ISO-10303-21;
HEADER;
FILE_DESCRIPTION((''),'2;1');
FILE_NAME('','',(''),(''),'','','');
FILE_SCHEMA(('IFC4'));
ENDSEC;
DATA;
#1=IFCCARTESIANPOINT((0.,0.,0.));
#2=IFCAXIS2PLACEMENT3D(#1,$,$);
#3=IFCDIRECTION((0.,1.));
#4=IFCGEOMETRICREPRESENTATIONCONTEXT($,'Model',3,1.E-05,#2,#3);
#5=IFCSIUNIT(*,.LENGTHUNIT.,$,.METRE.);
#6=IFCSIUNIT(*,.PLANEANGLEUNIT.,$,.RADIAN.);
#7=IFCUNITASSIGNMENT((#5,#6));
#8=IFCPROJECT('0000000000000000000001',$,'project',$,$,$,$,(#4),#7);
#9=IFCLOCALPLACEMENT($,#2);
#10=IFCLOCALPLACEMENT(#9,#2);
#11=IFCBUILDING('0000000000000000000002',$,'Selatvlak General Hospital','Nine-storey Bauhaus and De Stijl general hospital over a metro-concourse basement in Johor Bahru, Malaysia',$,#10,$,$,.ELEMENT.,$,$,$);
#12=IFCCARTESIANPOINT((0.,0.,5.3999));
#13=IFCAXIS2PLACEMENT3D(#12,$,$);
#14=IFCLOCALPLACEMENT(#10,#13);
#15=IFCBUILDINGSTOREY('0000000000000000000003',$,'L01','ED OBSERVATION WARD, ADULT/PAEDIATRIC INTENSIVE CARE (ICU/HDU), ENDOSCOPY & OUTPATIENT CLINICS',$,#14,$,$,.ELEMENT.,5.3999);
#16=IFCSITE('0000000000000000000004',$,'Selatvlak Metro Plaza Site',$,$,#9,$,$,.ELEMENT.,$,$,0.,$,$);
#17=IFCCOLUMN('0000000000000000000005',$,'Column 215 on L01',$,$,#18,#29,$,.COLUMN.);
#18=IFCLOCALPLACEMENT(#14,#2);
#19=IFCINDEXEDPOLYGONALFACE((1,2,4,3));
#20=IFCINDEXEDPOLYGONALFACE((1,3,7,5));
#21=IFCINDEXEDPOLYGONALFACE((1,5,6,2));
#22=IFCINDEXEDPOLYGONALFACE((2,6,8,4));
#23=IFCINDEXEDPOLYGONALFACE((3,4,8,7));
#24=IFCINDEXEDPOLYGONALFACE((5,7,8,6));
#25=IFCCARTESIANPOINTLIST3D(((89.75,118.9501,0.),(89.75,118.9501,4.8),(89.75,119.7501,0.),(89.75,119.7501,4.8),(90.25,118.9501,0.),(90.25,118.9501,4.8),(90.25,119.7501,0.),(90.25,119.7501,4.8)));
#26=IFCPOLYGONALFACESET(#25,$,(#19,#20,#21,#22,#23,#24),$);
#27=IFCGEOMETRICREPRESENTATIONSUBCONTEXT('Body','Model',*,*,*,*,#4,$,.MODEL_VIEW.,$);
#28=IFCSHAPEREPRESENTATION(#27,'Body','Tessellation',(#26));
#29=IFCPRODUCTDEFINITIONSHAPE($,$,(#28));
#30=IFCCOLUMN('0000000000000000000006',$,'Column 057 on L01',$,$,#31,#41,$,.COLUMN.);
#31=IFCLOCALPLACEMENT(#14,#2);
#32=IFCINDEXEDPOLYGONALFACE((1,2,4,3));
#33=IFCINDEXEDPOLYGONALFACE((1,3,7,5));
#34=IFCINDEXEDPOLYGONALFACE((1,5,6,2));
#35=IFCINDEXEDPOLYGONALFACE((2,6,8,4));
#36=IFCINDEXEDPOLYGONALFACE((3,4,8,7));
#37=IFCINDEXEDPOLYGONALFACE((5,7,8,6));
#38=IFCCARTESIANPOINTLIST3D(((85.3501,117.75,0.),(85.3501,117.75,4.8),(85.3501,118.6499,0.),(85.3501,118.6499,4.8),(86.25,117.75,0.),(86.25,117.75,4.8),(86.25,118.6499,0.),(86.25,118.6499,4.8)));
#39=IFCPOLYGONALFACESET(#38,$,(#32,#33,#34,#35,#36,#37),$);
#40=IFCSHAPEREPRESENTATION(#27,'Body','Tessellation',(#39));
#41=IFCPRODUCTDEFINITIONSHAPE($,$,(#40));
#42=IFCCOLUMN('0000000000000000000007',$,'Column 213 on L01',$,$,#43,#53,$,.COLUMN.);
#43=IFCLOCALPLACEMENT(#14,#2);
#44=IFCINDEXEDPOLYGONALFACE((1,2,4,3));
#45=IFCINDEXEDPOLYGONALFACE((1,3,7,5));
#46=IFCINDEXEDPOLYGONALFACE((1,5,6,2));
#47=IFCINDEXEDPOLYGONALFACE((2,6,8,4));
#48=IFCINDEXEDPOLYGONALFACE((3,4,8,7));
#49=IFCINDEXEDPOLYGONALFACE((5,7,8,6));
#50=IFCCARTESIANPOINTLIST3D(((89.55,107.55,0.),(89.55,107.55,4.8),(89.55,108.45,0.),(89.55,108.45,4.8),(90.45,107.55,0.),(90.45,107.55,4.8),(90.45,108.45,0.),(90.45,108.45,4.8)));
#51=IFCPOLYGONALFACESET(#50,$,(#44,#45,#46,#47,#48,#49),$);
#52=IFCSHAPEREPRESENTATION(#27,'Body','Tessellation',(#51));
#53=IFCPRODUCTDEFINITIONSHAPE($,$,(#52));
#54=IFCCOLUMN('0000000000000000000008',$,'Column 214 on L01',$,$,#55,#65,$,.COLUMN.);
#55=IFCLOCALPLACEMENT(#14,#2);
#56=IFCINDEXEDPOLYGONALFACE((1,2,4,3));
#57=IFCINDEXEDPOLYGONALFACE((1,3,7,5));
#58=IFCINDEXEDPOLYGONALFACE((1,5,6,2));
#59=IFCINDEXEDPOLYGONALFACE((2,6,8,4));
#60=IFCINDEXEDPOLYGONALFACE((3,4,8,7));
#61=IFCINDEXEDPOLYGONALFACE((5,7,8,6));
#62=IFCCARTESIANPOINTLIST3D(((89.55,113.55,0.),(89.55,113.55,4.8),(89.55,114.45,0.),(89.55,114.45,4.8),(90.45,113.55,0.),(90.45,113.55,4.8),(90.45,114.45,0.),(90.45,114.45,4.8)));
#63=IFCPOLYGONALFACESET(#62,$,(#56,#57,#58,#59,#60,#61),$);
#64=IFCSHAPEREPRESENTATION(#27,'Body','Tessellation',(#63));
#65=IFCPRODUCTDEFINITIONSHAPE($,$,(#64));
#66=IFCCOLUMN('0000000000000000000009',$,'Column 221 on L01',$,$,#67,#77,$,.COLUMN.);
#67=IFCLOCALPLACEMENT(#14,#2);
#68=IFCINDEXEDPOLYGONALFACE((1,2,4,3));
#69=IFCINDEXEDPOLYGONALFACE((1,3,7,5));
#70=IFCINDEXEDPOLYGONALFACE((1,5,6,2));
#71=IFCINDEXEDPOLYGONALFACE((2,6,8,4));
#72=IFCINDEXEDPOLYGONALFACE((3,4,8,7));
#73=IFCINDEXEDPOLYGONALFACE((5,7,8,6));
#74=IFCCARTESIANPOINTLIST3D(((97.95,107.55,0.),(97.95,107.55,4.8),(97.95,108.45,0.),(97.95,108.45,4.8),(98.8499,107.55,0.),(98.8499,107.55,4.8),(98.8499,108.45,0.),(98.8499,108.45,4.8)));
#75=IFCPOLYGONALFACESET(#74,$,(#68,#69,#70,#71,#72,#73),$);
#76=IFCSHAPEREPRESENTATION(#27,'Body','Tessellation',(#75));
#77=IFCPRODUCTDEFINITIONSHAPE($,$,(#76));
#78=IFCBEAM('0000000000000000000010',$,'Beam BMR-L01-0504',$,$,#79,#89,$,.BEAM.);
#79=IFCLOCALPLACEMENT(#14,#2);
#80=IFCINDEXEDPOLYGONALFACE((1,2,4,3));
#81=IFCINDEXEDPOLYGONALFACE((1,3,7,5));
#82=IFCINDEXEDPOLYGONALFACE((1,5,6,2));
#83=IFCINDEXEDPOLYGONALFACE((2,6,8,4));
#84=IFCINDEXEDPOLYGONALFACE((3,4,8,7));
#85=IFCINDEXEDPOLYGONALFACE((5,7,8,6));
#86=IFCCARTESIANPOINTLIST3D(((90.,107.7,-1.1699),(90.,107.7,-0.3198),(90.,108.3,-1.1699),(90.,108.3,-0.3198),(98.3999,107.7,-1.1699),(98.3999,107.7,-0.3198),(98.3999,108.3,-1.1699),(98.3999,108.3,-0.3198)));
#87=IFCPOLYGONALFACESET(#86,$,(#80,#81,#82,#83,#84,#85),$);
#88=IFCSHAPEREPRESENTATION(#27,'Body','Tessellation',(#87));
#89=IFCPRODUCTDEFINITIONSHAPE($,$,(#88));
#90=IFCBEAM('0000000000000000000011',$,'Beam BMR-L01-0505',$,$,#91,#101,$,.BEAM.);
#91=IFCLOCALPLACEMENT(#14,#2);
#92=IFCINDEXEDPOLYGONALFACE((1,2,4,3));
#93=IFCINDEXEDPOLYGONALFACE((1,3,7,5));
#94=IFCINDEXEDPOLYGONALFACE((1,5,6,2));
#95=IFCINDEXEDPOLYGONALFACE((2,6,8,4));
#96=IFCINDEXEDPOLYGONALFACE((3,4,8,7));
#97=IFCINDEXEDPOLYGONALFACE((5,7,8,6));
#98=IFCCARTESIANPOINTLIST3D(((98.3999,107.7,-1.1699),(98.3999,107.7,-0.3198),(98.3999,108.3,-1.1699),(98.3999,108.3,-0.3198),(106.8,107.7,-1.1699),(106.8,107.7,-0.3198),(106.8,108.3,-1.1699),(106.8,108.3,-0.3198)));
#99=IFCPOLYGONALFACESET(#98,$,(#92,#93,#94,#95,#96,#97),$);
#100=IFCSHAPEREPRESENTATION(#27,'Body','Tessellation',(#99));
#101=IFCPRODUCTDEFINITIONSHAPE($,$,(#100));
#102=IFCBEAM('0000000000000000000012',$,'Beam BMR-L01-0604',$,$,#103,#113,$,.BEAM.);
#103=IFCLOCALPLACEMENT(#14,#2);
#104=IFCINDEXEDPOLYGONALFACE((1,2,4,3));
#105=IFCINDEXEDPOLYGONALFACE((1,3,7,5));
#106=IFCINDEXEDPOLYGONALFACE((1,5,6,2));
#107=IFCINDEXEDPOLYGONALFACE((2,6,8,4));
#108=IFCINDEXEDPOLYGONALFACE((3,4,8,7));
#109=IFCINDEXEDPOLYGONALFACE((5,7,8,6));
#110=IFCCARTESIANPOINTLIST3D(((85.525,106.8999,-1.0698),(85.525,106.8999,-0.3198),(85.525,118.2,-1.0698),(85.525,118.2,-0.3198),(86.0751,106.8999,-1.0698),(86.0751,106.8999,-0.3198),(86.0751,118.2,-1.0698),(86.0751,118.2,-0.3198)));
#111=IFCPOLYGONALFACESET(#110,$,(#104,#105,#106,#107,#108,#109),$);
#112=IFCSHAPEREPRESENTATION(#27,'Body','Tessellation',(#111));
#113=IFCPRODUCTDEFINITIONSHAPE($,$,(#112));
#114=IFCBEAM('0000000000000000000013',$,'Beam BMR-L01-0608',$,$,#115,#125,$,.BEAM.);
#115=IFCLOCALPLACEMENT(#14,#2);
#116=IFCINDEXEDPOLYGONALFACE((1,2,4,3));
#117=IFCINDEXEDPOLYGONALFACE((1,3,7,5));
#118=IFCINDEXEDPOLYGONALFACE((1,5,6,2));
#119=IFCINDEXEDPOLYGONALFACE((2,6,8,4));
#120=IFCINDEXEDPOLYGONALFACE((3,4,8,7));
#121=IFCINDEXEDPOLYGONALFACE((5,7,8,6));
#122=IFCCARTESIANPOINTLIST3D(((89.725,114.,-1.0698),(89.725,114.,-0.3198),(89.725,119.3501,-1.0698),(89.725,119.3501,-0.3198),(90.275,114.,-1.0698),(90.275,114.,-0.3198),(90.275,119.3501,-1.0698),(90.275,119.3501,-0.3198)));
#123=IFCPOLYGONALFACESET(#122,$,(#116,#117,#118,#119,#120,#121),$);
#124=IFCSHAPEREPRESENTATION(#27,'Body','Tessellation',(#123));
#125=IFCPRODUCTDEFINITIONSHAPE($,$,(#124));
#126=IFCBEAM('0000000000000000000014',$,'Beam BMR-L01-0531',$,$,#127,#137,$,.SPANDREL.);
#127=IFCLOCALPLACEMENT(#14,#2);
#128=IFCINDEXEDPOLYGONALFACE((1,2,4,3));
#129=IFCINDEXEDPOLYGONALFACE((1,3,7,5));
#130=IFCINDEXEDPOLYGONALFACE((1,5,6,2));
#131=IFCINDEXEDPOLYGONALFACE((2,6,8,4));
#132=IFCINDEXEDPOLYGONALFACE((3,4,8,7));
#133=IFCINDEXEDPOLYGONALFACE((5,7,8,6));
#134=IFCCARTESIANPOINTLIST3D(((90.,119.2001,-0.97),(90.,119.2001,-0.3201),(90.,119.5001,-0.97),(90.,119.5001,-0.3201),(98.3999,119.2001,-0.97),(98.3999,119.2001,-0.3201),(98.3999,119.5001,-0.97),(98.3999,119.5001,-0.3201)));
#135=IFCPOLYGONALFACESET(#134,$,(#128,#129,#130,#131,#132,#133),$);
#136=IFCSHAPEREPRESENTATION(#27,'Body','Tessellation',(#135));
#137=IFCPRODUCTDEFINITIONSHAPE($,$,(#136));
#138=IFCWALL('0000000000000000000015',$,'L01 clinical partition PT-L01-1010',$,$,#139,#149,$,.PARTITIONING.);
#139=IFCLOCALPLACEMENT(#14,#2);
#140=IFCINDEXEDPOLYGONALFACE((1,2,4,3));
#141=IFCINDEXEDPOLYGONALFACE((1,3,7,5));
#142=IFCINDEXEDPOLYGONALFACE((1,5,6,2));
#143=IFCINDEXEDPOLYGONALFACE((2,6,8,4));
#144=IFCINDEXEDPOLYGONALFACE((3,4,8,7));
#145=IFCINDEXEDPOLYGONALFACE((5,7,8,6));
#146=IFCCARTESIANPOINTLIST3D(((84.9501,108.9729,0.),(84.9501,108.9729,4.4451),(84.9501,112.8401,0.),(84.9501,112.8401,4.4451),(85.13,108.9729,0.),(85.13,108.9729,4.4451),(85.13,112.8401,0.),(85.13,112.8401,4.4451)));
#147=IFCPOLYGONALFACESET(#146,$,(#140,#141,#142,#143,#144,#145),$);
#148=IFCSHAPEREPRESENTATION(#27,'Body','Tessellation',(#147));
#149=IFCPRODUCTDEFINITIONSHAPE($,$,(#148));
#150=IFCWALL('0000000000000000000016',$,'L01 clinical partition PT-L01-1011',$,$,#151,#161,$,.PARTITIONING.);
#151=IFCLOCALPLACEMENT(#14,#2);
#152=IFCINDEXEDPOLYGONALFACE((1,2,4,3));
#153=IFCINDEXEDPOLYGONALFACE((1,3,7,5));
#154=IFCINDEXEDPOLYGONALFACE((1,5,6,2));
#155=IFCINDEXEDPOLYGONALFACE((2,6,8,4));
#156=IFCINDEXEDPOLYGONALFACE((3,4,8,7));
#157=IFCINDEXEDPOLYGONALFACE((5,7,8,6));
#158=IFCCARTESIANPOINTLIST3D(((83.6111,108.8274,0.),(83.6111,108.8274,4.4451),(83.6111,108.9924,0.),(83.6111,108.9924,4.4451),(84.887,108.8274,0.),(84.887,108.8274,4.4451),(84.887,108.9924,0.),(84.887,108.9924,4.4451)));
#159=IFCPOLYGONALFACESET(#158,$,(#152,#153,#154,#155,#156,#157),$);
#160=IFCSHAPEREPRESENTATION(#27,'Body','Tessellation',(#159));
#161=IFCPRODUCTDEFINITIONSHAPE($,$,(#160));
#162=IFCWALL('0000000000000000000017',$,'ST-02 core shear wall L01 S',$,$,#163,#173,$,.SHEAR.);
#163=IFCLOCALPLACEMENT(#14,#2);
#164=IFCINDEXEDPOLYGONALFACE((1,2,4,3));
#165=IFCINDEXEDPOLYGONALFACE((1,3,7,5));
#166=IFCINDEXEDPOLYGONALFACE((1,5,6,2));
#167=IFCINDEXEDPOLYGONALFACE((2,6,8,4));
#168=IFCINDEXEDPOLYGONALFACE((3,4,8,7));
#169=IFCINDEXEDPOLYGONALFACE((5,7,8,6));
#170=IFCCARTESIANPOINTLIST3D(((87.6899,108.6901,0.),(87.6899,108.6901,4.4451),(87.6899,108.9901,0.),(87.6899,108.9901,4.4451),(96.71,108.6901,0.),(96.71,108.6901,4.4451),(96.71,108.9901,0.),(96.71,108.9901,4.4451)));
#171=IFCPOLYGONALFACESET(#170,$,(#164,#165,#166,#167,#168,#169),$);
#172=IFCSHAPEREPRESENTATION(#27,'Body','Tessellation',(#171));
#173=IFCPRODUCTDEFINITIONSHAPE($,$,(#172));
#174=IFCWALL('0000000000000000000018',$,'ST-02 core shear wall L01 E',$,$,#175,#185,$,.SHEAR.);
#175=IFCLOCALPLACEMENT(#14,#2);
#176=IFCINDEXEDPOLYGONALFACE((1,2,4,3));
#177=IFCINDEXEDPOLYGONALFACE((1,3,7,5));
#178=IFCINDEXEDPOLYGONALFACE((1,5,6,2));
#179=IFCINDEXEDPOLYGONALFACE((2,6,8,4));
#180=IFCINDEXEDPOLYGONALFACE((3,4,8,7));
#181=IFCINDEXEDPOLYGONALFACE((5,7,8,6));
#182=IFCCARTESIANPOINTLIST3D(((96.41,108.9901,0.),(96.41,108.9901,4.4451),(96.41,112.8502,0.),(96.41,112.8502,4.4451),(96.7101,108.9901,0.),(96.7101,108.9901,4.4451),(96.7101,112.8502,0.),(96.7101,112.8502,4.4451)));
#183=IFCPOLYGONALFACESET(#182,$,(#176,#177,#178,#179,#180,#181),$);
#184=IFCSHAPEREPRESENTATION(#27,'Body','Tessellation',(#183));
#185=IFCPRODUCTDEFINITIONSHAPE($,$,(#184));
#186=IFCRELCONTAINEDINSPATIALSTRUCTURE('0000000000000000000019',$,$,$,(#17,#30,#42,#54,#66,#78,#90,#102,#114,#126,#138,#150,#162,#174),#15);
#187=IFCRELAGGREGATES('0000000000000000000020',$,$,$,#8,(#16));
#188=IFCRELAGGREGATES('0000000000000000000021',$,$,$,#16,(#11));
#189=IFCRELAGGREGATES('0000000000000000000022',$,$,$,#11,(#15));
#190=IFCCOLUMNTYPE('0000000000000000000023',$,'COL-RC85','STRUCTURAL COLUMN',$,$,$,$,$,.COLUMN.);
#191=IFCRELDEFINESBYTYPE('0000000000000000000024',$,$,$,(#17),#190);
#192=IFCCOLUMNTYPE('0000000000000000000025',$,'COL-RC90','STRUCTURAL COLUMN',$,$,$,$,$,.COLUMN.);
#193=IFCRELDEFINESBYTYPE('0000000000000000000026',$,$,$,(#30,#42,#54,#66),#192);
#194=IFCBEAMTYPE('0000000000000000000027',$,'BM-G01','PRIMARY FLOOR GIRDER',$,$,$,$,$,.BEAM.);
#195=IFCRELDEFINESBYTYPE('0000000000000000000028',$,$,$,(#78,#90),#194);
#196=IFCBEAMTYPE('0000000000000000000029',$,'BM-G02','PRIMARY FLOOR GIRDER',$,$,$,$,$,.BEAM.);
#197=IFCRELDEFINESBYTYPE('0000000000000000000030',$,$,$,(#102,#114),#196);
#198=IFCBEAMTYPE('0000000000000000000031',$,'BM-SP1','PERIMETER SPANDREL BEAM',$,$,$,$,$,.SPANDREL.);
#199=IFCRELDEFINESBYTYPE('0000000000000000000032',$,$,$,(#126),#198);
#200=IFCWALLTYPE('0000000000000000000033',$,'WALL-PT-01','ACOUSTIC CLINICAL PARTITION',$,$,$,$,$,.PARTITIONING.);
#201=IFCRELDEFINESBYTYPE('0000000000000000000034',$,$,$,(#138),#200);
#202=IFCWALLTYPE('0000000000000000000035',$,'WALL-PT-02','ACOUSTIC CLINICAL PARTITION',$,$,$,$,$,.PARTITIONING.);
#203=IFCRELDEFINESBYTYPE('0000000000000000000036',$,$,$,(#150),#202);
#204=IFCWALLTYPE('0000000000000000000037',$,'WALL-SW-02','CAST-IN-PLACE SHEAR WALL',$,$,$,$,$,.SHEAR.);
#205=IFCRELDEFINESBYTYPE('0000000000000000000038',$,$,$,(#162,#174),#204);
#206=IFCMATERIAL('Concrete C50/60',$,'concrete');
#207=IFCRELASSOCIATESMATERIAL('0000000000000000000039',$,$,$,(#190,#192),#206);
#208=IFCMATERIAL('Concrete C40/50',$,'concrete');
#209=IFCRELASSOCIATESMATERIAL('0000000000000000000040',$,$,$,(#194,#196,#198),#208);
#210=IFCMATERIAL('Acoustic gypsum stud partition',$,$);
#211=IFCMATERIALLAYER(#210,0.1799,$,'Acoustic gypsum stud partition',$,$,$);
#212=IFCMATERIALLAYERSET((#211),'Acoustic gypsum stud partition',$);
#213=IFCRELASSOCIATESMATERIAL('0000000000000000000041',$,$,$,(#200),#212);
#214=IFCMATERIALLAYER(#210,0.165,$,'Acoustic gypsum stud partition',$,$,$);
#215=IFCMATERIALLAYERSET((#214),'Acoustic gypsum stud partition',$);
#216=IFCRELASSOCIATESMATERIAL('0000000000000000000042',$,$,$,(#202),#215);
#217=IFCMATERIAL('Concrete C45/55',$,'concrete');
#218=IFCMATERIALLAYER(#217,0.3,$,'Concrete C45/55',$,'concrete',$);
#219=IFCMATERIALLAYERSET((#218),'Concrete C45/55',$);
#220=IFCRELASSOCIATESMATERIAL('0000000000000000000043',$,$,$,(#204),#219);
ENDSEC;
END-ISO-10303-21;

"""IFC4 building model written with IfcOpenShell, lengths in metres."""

from ifc_helpers import new_model, si_unit, direction, frame, frame_2d, origin, origin_2d, place, context, subcontext, project, spatial, rectangle, extrude, material, layer, layer_set, material_profile, profile_set, type_object, element, save


model = new_model("IFC4")

# Units and contexts
model_context = context("Model", 3, precision=1e-05, world=origin(), true_north=direction((0.0, 1.0)))
body_context = subcontext(model_context, "Body", "Model", "MODEL_VIEW")
ifc_project = project(units=[si_unit("LENGTHUNIT", "METRE"), si_unit("PLANEANGLEUNIT", "RADIAN")], contexts=[model_context])

# Site, building, storey
site_placement = place(None, origin())
site = spatial("IfcSite", under=ifc_project, at=site_placement, Name="Selatvlak Metro Plaza Site", CompositionType="ELEMENT", RefElevation=0.0)
building_placement = place(site_placement, origin())
building = spatial("IfcBuilding", under=site, at=building_placement, Name="Selatvlak General Hospital", Description="Nine-storey Bauhaus and De Stijl general hospital over a metro-concourse basement in Johor Bahru, Malaysia", CompositionType="ELEMENT")
storey_placement = place(building_placement, frame((0.0, 0.0, 5.3999)))
storey = spatial("IfcBuildingStorey", under=building, at=storey_placement, Name="L01", Description="ED OBSERVATION WARD, ADULT/PAEDIATRIC INTENSIVE CARE (ICU/HDU), ENDOSCOPY & OUTPATIENT CLINICS", CompositionType="ELEMENT", Elevation=5.3999)

# Columns
ifc_material_1 = material(Name="Concrete C50/60", Category="concrete")
ifc_material_profile_1 = material_profile(ifc_material_1, rectangle(XDim=0.5, YDim=0.8, at=origin_2d()), Name="RC-COL 800x500")
ifc_profile_set_1 = profile_set([ifc_material_profile_1], Name="Concrete C50/60")
column_type_1 = type_object("IfcColumnType", Name="COL-RC85", Description="STRUCTURAL COLUMN", PredefinedType="COLUMN", material=ifc_profile_set_1)
column_placement = place(storey_placement, frame((90.0, 119.3501, 0.0), z_axis=(0.0, 0.0, 1.0), x_axis=(1.0, 0.0, 0.0)))
element("IfcColumn", 1, at=column_placement, inside=storey, type_object=column_type_1, Name="Column 215 on L01", PredefinedType="COLUMN", context=body_context, shape_type="SweptSolid", body=[
    extrude(rectangle(XDim=0.5, YDim=0.8, at=origin_2d()), origin(), (0.0, 0.0, 1.0), 4.8),
])
ifc_material_profile_2 = material_profile(ifc_material_1, rectangle(XDim=0.8999, YDim=0.8999, at=origin_2d()), Name="RC-COL 900x900")
ifc_profile_set_2 = profile_set([ifc_material_profile_2], Name="Concrete C50/60")
column_type_2 = type_object("IfcColumnType", Name="COL-RC90", Description="STRUCTURAL COLUMN", PredefinedType="COLUMN", material=ifc_profile_set_2)
for number, where, z_axis, x_axis, name in (
    (2, (85.8, 118.2, 0.0), (0.0, 0.0, 1.0), (1.0, 0.0, 0.0), "Column 057 on L01"),
    (3, (90.0, 108.0, 0.0), (0.0, 0.0, 1.0), (1.0, 0.0, 0.0), "Column 213 on L01"),
    (4, (90.0, 114.0, 0.0), (0.0, 0.0, 1.0), (1.0, 0.0, 0.0), "Column 214 on L01"),
    (5, (98.3999, 108.0, 0.0), (0.0, 0.0, 1.0), (1.0, 0.0, 0.0), "Column 221 on L01"),
):
    element("IfcColumn", number, at=place(storey_placement, frame(where, z_axis=z_axis, x_axis=x_axis)), inside=storey, type_object=column_type_2, Name=name, PredefinedType="COLUMN", context=body_context, shape_type="SweptSolid", body=[
        extrude(rectangle(XDim=0.8999, YDim=0.8999, at=origin_2d()), origin(), (0.0, 0.0, 1.0), 4.8),
    ])

# Beams
ifc_material_2 = material(Name="Concrete C40/50", Category="concrete")
ifc_material_profile_3 = material_profile(ifc_material_2, rectangle(XDim=0.6001, YDim=0.8501, at=origin_2d()), Name="RC-BM 600x850")
ifc_profile_set_3 = profile_set([ifc_material_profile_3], Name="Concrete C40/50")
beam_type_1 = type_object("IfcBeamType", Name="BM-G01", Description="PRIMARY FLOOR GIRDER", PredefinedType="BEAM", material=ifc_profile_set_3)
beam_1_placement = place(storey_placement, frame((90.0, 108.0, -0.7449), z_axis=(1.0, 0.0, 0.0), x_axis=(0.0, 1.0, 0.0)))
element("IfcBeam", 6, at=beam_1_placement, inside=storey, type_object=beam_type_1, Name="Beam BMR-L01-0504", PredefinedType="BEAM", context=body_context, shape_type="SweptSolid", body=[
    extrude(rectangle(XDim=0.6001, YDim=0.8501, at=origin_2d()), origin(), (0.0, 0.0, 1.0), 8.3999),
])
beam_2_placement = place(storey_placement, frame((98.3999, 108.0, -0.7449), z_axis=(1.0, 0.0, 0.0), x_axis=(0.0, 1.0, 0.0)))
element("IfcBeam", 7, at=beam_2_placement, inside=storey, type_object=beam_type_1, Name="Beam BMR-L01-0505", PredefinedType="BEAM", context=body_context, shape_type="SweptSolid", body=[
    extrude(rectangle(XDim=0.6001, YDim=0.8501, at=origin_2d()), origin(), (0.0, 0.0, 1.0), 8.4001),
])
ifc_material_profile_4 = material_profile(ifc_material_2, rectangle(XDim=0.55, YDim=0.75, at=origin_2d()), Name="RC-BM 550x750")
ifc_profile_set_4 = profile_set([ifc_material_profile_4], Name="Concrete C40/50")
beam_type_2 = type_object("IfcBeamType", Name="BM-G02", Description="PRIMARY FLOOR GIRDER", PredefinedType="BEAM", material=ifc_profile_set_4)
beam_3_placement = place(storey_placement, frame((85.8, 106.8999, -0.6948), z_axis=(0.0, 1.0, 0.0), x_axis=(-1.0, 0.0, 0.0)))
element("IfcBeam", 8, at=beam_3_placement, inside=storey, type_object=beam_type_2, Name="Beam BMR-L01-0604", PredefinedType="BEAM", context=body_context, shape_type="SweptSolid", body=[
    extrude(rectangle(XDim=0.55, YDim=0.75, at=origin_2d()), origin(), (0.0, 0.0, 1.0), 11.3),
])
beam_4_placement = place(storey_placement, frame((90.0, 114.0, -0.6948), z_axis=(0.0, 1.0, 0.0), x_axis=(-1.0, 0.0, 0.0)))
element("IfcBeam", 9, at=beam_4_placement, inside=storey, type_object=beam_type_2, Name="Beam BMR-L01-0608", PredefinedType="BEAM", context=body_context, shape_type="SweptSolid", body=[
    extrude(rectangle(XDim=0.55, YDim=0.75, at=origin_2d()), origin(), (0.0, 0.0, 1.0), 5.3501),
])
ifc_material_profile_5 = material_profile(ifc_material_2, rectangle(XDim=0.3, YDim=0.6499, at=origin_2d()), Name="RC-SP 300x650")
ifc_profile_set_5 = profile_set([ifc_material_profile_5], Name="Concrete C40/50")
beam_type_3 = type_object("IfcBeamType", Name="BM-SP1", Description="PERIMETER SPANDREL BEAM", PredefinedType="SPANDREL", material=ifc_profile_set_5)
beam_5_placement = place(storey_placement, frame((90.0, 119.3501, -0.645), z_axis=(1.0, 0.0, 0.0), x_axis=(0.0, 1.0, 0.0)))
element("IfcBeam", 10, at=beam_5_placement, inside=storey, type_object=beam_type_3, Name="Beam BMR-L01-0531", PredefinedType="SPANDREL", context=body_context, shape_type="SweptSolid", body=[
    extrude(rectangle(XDim=0.3, YDim=0.6499, at=origin_2d()), origin(), (0.0, 0.0, 1.0), 8.3999),
])

# Walls
ifc_material_3 = material(Name="Acoustic gypsum stud partition")
ifc_layer_1 = layer(ifc_material_3, 0.1799, Name="Acoustic gypsum stud partition")
ifc_layer_set_1 = layer_set([ifc_layer_1], Name="Acoustic gypsum stud partition")
wall_type_1 = type_object("IfcWallType", Name="WALL-PT-01", Description="ACOUSTIC CLINICAL PARTITION", PredefinedType="PARTITIONING", material=ifc_layer_set_1)
wall_1_placement = place(storey_placement, frame((85.04, 112.8401, 0.0), z_axis=(0.0, 0.0, 1.0), x_axis=(0.0, -1.0, 0.0)))
element("IfcWall", 11, at=wall_1_placement, inside=storey, type_object=wall_type_1, Name="L01 clinical partition PT-L01-1010", PredefinedType="PARTITIONING", context=body_context, shape_type="SweptSolid", body=[
    extrude(rectangle(XDim=3.8672, YDim=0.1799, at=frame_2d((1.9336, 0.0))), origin(), (0.0, 0.0, 1.0), 4.4451),
])
ifc_layer_2 = layer(ifc_material_3, 0.165, Name="Acoustic gypsum stud partition")
ifc_layer_set_2 = layer_set([ifc_layer_2], Name="Acoustic gypsum stud partition")
wall_type_2 = type_object("IfcWallType", Name="WALL-PT-02", Description="ACOUSTIC CLINICAL PARTITION", PredefinedType="PARTITIONING", material=ifc_layer_set_2)
wall_2_placement = place(storey_placement, frame((84.887, 108.9099, 0.0), z_axis=(0.0, 0.0, 1.0), x_axis=(-1.0, 0.0, 0.0)))
element("IfcWall", 12, at=wall_2_placement, inside=storey, type_object=wall_type_2, Name="L01 clinical partition PT-L01-1011", PredefinedType="PARTITIONING", context=body_context, shape_type="SweptSolid", body=[
    extrude(rectangle(XDim=1.2759, YDim=0.165, at=frame_2d((0.6379, 0.0))), origin(), (0.0, 0.0, 1.0), 4.4451),
])

# Walls
ifc_material_4 = material(Name="Concrete C45/55", Category="concrete")
ifc_layer_3 = layer(ifc_material_4, 0.3, Name="Concrete C45/55", Category="concrete")
ifc_layer_set_3 = layer_set([ifc_layer_3], Name="Concrete C45/55")
wall_type_3 = type_object("IfcWallType", Name="WALL-SW-02", Description="CAST-IN-PLACE SHEAR WALL", PredefinedType="SHEAR", material=ifc_layer_set_3)
wall_3_placement = place(storey_placement, frame((87.6899, 108.8401, 0.0), z_axis=(0.0, 0.0, 1.0), x_axis=(1.0, 0.0, 0.0)))
element("IfcWall", 13, at=wall_3_placement, inside=storey, type_object=wall_type_3, Name="ST-02 core shear wall L01 S", PredefinedType="SHEAR", context=body_context, shape_type="SweptSolid", body=[
    extrude(rectangle(XDim=9.02, YDim=0.3, at=frame_2d((4.51, 0.0))), origin(), (0.0, 0.0, 1.0), 4.4451),
])
wall_4_placement = place(storey_placement, frame((96.5601, 108.99, 0.0), z_axis=(0.0, 0.0, 1.0), x_axis=(0.0, 1.0, 0.0)))
element("IfcWall", 14, at=wall_4_placement, inside=storey, type_object=wall_type_3, Name="ST-02 core shear wall L01 E", PredefinedType="SHEAR", context=body_context, shape_type="SweptSolid", body=[
    extrude(rectangle(XDim=3.8601, YDim=0.3, at=frame_2d((1.9302, 0.0))), origin(), (0.0, 0.0, 1.0), 4.4451),
])

save(model, "model.ifc")
